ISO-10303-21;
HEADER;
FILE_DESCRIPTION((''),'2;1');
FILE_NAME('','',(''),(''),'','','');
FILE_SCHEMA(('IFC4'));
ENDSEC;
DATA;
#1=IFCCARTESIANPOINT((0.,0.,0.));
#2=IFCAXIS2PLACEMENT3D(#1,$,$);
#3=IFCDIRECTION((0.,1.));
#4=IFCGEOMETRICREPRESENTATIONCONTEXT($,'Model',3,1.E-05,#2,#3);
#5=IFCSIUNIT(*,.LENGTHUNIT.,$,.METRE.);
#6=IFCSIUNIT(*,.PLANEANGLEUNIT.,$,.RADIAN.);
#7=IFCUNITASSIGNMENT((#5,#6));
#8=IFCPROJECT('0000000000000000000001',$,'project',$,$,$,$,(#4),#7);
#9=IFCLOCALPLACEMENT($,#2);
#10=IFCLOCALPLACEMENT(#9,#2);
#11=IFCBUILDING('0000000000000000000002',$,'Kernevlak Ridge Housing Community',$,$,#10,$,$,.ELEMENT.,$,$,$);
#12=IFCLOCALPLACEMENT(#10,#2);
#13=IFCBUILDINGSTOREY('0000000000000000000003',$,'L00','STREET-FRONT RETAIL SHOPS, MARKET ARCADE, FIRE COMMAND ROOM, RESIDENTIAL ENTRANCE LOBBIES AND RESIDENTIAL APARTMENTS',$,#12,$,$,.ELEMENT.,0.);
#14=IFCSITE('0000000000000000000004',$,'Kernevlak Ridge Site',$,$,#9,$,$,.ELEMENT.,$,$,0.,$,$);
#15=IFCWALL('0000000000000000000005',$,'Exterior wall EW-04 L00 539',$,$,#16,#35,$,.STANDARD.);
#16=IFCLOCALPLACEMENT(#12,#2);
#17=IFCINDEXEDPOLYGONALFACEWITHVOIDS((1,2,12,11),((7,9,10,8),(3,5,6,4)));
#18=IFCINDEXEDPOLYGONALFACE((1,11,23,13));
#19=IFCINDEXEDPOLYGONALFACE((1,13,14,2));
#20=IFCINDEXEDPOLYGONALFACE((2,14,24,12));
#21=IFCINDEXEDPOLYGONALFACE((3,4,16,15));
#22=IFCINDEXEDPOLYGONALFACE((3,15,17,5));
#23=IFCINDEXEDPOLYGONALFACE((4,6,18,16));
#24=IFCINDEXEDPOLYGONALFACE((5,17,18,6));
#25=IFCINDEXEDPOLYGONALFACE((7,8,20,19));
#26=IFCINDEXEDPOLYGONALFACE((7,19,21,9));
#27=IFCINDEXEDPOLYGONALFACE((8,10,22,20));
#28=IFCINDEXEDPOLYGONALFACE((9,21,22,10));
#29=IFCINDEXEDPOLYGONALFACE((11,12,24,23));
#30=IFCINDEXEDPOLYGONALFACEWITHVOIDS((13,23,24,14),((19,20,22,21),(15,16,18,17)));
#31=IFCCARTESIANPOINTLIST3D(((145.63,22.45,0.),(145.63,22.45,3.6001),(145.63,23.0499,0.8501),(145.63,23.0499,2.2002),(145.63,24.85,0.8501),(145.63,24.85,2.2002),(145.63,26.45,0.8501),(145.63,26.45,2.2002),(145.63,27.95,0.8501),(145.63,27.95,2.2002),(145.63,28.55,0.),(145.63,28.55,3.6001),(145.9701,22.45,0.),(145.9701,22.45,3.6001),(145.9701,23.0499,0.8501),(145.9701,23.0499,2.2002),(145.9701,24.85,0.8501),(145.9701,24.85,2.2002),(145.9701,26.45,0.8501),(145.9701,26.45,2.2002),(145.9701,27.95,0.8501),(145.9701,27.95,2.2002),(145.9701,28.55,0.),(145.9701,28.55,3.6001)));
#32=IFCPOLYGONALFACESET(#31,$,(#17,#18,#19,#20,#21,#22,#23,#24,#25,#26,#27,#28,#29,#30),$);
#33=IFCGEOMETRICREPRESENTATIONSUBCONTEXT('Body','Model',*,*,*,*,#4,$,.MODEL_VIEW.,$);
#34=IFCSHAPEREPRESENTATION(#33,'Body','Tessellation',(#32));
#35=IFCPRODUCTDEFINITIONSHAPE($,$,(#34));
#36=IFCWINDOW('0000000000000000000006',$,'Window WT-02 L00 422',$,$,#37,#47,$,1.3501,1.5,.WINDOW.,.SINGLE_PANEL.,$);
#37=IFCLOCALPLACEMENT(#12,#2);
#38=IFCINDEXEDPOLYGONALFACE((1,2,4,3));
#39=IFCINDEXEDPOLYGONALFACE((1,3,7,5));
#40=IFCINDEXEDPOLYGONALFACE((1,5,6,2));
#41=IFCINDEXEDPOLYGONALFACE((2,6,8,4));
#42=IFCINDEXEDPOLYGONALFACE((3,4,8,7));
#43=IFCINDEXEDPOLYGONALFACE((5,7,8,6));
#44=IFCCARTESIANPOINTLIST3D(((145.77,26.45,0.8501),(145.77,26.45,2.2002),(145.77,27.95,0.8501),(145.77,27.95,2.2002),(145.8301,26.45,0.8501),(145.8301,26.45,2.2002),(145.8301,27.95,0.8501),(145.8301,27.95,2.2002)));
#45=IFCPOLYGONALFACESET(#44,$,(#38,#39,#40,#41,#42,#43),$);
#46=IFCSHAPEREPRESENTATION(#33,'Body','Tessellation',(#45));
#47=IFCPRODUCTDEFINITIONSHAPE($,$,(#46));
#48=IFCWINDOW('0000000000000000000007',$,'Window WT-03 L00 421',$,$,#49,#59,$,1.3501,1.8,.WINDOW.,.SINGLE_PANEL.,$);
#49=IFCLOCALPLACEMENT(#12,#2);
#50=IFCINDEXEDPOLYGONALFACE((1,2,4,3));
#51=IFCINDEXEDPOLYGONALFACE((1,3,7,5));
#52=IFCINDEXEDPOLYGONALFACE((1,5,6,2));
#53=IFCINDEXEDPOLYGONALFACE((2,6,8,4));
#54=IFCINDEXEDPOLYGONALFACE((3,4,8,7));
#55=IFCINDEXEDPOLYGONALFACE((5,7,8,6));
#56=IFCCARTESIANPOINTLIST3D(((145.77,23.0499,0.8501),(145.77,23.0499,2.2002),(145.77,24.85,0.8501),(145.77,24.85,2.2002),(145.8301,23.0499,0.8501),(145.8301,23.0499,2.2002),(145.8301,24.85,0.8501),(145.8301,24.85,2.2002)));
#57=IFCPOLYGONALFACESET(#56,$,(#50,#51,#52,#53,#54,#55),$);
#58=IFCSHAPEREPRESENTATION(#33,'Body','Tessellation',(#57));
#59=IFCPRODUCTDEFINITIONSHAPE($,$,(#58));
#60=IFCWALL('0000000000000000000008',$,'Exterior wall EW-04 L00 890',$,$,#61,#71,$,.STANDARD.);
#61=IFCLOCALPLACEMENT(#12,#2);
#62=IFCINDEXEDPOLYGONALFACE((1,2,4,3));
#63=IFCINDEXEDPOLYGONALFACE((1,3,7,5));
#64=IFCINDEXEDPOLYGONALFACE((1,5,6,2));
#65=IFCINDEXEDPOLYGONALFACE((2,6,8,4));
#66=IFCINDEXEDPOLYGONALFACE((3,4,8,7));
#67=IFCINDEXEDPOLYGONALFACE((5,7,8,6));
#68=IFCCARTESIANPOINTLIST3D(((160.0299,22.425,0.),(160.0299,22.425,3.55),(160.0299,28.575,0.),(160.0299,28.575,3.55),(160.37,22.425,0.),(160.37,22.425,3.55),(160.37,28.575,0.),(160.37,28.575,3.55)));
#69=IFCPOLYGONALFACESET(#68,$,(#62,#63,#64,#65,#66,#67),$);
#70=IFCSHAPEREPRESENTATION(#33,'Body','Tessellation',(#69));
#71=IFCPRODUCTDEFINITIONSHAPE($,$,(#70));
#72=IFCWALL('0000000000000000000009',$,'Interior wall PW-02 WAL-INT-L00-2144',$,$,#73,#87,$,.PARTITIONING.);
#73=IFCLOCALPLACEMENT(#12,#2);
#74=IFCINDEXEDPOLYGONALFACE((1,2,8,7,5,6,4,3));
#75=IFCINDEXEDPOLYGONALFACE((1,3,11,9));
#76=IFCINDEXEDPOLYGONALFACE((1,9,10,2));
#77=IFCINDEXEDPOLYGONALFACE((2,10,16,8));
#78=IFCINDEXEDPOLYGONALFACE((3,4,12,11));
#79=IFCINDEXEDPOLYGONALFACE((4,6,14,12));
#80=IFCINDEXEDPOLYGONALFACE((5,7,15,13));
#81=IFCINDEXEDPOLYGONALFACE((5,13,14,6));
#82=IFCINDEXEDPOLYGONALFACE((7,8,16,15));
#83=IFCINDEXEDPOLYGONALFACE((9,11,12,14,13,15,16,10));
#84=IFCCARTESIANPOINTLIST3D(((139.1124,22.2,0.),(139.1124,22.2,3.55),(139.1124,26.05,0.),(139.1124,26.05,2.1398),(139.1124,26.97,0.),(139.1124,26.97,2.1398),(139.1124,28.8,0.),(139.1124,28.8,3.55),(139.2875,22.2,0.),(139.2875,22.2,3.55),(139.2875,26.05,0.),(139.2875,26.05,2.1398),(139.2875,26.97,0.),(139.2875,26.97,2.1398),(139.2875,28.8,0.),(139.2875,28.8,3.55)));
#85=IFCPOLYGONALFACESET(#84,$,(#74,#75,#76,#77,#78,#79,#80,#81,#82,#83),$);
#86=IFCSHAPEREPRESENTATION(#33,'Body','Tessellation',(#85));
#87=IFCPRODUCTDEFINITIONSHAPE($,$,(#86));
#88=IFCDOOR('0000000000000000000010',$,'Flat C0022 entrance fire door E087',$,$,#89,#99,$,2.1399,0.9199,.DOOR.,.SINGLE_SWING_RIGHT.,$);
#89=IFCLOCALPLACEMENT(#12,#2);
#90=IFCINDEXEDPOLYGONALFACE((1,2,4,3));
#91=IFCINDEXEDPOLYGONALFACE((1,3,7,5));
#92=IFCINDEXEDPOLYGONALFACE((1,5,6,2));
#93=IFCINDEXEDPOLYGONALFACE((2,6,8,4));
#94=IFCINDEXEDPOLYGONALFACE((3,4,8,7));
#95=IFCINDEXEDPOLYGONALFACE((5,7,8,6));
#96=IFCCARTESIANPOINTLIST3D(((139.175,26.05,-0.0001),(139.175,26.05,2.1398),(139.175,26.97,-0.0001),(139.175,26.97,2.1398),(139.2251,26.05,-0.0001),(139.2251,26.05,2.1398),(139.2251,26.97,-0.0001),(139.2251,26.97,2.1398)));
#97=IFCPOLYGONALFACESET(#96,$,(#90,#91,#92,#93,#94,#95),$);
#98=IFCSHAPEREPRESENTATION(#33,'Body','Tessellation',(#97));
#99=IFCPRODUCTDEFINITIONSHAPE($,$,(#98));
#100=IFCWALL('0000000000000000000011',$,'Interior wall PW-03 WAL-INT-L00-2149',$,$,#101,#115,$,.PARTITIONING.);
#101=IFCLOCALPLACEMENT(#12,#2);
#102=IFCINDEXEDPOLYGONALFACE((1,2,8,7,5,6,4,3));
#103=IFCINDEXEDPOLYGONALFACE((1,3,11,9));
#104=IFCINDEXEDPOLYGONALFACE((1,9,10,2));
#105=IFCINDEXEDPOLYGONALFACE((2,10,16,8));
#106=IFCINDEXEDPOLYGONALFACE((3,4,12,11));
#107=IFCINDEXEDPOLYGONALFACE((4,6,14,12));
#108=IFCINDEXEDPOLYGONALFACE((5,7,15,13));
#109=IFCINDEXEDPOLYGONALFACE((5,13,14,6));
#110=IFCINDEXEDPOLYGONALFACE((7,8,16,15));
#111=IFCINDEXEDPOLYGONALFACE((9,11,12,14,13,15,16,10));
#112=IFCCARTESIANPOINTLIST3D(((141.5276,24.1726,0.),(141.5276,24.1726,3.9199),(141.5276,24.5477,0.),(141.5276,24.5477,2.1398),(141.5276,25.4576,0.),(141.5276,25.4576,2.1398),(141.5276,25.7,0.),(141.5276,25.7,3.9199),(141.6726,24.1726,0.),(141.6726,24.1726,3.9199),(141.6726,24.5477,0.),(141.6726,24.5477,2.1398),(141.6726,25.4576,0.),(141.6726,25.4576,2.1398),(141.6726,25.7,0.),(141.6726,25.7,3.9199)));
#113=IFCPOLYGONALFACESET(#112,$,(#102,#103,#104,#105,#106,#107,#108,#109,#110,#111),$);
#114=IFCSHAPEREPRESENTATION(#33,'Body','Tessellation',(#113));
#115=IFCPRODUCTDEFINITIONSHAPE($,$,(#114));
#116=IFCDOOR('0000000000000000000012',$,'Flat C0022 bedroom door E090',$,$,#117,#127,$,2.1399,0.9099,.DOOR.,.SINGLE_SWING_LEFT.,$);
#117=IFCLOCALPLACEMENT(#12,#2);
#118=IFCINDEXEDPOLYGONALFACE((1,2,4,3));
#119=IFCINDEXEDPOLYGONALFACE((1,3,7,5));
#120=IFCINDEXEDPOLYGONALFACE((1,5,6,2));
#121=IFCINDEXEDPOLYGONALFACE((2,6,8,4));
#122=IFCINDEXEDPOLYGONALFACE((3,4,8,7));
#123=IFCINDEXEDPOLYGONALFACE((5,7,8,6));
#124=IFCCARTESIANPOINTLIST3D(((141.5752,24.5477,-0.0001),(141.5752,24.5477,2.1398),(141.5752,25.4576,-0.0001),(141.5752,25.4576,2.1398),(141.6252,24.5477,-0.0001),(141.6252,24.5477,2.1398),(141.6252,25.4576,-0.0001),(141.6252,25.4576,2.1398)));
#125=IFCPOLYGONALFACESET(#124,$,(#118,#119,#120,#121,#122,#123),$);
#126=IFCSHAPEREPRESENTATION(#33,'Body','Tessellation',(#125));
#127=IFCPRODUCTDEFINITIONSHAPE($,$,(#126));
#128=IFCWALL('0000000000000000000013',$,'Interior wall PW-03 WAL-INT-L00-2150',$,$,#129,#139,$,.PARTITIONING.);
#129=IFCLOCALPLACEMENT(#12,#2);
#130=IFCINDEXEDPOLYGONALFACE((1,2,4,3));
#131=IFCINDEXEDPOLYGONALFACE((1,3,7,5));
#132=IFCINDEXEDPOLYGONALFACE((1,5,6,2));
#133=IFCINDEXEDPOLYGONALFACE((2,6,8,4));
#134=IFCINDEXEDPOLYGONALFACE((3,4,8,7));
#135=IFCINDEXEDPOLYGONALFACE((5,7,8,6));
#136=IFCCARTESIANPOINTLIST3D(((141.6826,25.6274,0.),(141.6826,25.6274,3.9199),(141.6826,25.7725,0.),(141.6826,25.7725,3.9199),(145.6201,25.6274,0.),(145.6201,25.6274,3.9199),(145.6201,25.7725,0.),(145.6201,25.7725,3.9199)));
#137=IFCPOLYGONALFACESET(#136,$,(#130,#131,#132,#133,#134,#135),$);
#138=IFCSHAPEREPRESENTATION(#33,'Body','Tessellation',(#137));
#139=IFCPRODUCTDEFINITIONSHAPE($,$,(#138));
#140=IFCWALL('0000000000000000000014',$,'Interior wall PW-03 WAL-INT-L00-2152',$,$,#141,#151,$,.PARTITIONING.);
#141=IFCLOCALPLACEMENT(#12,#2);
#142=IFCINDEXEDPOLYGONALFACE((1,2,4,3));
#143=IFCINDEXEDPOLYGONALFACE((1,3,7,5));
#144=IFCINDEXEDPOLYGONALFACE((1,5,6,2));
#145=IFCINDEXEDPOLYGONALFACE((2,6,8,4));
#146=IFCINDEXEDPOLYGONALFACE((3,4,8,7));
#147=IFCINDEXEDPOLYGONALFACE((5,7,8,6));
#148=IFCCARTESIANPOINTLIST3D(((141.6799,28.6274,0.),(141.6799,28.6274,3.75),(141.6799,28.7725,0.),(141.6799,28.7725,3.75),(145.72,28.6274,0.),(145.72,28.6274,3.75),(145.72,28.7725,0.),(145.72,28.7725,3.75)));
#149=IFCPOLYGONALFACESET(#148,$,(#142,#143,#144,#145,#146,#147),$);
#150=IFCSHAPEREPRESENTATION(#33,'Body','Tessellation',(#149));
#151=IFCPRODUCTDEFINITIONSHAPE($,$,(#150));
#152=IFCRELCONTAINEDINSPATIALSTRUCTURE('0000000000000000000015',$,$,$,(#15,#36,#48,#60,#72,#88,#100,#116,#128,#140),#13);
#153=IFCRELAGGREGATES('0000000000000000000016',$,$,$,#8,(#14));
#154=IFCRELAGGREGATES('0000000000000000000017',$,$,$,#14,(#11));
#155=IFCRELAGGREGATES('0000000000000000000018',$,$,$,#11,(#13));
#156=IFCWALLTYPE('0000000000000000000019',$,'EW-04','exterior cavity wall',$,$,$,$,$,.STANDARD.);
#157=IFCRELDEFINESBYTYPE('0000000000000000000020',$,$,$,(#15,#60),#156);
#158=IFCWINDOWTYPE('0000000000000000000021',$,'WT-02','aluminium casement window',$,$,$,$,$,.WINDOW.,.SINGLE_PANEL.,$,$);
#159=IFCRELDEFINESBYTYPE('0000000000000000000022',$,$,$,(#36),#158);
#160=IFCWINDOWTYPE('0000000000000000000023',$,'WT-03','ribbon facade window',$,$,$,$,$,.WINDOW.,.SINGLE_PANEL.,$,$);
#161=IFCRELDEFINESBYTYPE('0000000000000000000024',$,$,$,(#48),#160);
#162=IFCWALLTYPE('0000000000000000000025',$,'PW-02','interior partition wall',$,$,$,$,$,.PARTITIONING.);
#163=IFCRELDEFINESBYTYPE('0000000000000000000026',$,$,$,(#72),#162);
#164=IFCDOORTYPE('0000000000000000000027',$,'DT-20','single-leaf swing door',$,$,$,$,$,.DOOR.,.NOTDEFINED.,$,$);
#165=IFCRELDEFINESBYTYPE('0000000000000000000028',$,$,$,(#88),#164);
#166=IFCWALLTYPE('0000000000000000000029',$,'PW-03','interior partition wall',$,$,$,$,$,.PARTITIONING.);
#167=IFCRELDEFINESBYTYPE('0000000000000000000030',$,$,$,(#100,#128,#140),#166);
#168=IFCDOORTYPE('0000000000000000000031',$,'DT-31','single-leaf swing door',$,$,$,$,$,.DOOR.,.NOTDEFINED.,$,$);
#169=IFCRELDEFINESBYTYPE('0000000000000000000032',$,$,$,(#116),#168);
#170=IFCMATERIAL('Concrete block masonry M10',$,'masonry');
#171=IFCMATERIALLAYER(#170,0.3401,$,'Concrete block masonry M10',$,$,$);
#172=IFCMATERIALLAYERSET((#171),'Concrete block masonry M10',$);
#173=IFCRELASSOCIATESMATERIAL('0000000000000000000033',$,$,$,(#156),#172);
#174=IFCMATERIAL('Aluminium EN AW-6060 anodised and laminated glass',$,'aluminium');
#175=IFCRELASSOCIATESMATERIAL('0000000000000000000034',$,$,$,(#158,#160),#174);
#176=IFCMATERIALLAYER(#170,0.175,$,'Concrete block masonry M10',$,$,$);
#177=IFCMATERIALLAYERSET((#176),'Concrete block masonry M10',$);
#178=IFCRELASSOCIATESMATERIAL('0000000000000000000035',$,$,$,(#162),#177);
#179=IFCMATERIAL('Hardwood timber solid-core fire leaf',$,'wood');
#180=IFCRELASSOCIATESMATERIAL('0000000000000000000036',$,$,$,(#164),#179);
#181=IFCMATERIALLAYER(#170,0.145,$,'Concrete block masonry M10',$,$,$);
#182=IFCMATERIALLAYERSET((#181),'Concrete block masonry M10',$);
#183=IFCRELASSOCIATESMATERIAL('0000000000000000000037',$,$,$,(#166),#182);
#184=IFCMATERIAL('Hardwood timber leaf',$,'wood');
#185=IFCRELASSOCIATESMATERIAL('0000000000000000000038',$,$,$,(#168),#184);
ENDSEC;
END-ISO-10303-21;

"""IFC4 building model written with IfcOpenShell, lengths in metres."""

from ifc_helpers import new_model, si_unit, direction, frame, frame_2d, origin, place, context, subcontext, project, spatial, rectangle, extrude, material, layer, layer_set, type_object, element, fill, save


model = new_model("IFC4")

# Units and contexts
model_context = context("Model", 3, precision=1e-05, world=origin(), true_north=direction((0.0, 1.0)))
body_context = subcontext(model_context, "Body", "Model", "MODEL_VIEW")
ifc_project = project(units=[si_unit("LENGTHUNIT", "METRE"), si_unit("PLANEANGLEUNIT", "RADIAN")], contexts=[model_context])

# Site, building, storey
site_placement = place(None, origin())
site = spatial("IfcSite", under=ifc_project, at=site_placement, Name="Kernevlak Ridge Site", CompositionType="ELEMENT", RefElevation=0.0)
building_placement = place(site_placement, origin())
building = spatial("IfcBuilding", under=site, at=building_placement, Name="Kernevlak Ridge Housing Community", CompositionType="ELEMENT")
storey_placement = place(building_placement, origin())
storey = spatial("IfcBuildingStorey", under=building, at=storey_placement, Name="L00", Description="STREET-FRONT RETAIL SHOPS, MARKET ARCADE, FIRE COMMAND ROOM, RESIDENTIAL ENTRANCE LOBBIES AND RESIDENTIAL APARTMENTS", CompositionType="ELEMENT", Elevation=0.0)

# Wall, openings, windows
ifc_material_1 = material(Name="Concrete block masonry M10", Category="masonry")
ifc_layer_1 = layer(ifc_material_1, 0.3401, Name="Concrete block masonry M10")
ifc_layer_set_1 = layer_set([ifc_layer_1], Name="Concrete block masonry M10")
wall_type_1 = type_object("IfcWallType", Name="EW-04", Description="exterior cavity wall", PredefinedType="STANDARD", material=ifc_layer_set_1)
wall_1_placement = place(storey_placement, frame((145.8, 22.45, 0.0), z_axis=(0.0, 0.0, 1.0), x_axis=(0.0, 1.0, 0.0)))
wall_1 = element("IfcWall", 1, at=wall_1_placement, inside=storey, type_object=wall_type_1, Name="Exterior wall EW-04 L00 539", PredefinedType="STANDARD", context=body_context, shape_type="SweptSolid", body=[
    extrude(rectangle(XDim=6.1001, YDim=0.3401, at=frame_2d((3.05, 0.0))), origin(), (0.0, 0.0, 1.0), 3.6001),
])
opening_1_placement = place(wall_1_placement, frame((0.6001, 0.0, 0.8501)))
opening_1 = element("IfcOpeningElement", 2, at=opening_1_placement, cuts=wall_1, PredefinedType="OPENING", context=body_context, shape_type="SweptSolid", body=[
    extrude(rectangle(XDim=1.8, YDim=1.3501, at=frame_2d((0.8999, 0.675))), frame((0.0, 0.1799, 0.0), z_axis=(0.0, -1.0, 0.0), x_axis=(1.0, 0.0, 0.0)), (0.0, 0.0, 1.0), 0.3601),
])
opening_2_placement = place(wall_1_placement, frame((4.0, 0.0, 0.8501)))
opening_2 = element("IfcOpeningElement", 3, at=opening_2_placement, cuts=wall_1, PredefinedType="OPENING", context=body_context, shape_type="SweptSolid", body=[
    extrude(rectangle(XDim=1.5, YDim=1.3501, at=frame_2d((0.75, 0.675))), frame((0.0, 0.1799, 0.0), z_axis=(0.0, -1.0, 0.0), x_axis=(1.0, 0.0, 0.0)), (0.0, 0.0, 1.0), 0.3601),
])
ifc_material_2 = material(Name="Aluminium EN AW-6060 anodised and laminated glass", Category="aluminium")
window_type_1 = type_object("IfcWindowType", Name="WT-02", Description="aluminium casement window", PartitioningType="SINGLE_PANEL", PredefinedType="WINDOW", material=ifc_material_2)
window_1_placement = place(opening_2_placement, origin())
window_1 = element("IfcWindow", 4, at=window_1_placement, inside=storey, type_object=window_type_1, Name="Window WT-02 L00 422", OverallHeight=1.3501, OverallWidth=1.5, PartitioningType="SINGLE_PANEL", PredefinedType="WINDOW", context=body_context, shape_type="SweptSolid", body=[
    extrude(rectangle(XDim=1.5, YDim=1.3501, at=frame_2d((0.75, 0.675))), frame((0.0, 0.03, 0.0), z_axis=(0.0, -1.0, 0.0), x_axis=(1.0, 0.0, 0.0)), (0.0, 0.0, 1.0), 0.0601),
])
fill(opening_2, window_1)
window_type_2 = type_object("IfcWindowType", Name="WT-03", Description="ribbon facade window", PartitioningType="SINGLE_PANEL", PredefinedType="WINDOW", material=ifc_material_2)
window_2_placement = place(opening_1_placement, origin())
window_2 = element("IfcWindow", 5, at=window_2_placement, inside=storey, type_object=window_type_2, Name="Window WT-03 L00 421", OverallHeight=1.3501, OverallWidth=1.8, PartitioningType="SINGLE_PANEL", PredefinedType="WINDOW", context=body_context, shape_type="SweptSolid", body=[
    extrude(rectangle(XDim=1.8, YDim=1.3501, at=frame_2d((0.8999, 0.675))), frame((0.0, 0.03, 0.0), z_axis=(0.0, -1.0, 0.0), x_axis=(1.0, 0.0, 0.0)), (0.0, 0.0, 1.0), 0.0601),
])
fill(opening_1, window_2)

# Wall
wall_2_placement = place(storey_placement, frame((160.2, 22.425, 0.0), z_axis=(0.0, 0.0, 1.0), x_axis=(0.0, 1.0, 0.0)))
element("IfcWall", 6, at=wall_2_placement, inside=storey, type_object=wall_type_1, Name="Exterior wall EW-04 L00 890", PredefinedType="STANDARD", context=body_context, shape_type="SweptSolid", body=[
    extrude(rectangle(XDim=6.1499, YDim=0.3401, at=frame_2d((3.075, 0.0))), origin(), (0.0, 0.0, 1.0), 3.55),
])

# Walls, openings, doors
ifc_layer_2 = layer(ifc_material_1, 0.175, Name="Concrete block masonry M10")
ifc_layer_set_2 = layer_set([ifc_layer_2], Name="Concrete block masonry M10")
wall_type_2 = type_object("IfcWallType", Name="PW-02", Description="interior partition wall", PredefinedType="PARTITIONING", material=ifc_layer_set_2)
wall_3_placement = place(storey_placement, frame((139.2, 22.2, 0.0), z_axis=(0.0, 0.0, 1.0), x_axis=(0.0, 1.0, 0.0)))
wall_3 = element("IfcWall", 7, at=wall_3_placement, inside=storey, type_object=wall_type_2, Name="Interior wall PW-02 WAL-INT-L00-2144", PredefinedType="PARTITIONING", context=body_context, shape_type="SweptSolid", body=[
    extrude(rectangle(XDim=6.6001, YDim=0.175, at=frame_2d((3.3, 0.0))), origin(), (0.0, 0.0, 1.0), 3.55),
])
opening_3_placement = place(wall_3_placement, frame((3.8501, 0.0, 0.0)))
opening_3 = element("IfcOpeningElement", 8, at=opening_3_placement, cuts=wall_3, PredefinedType="OPENING", context=body_context, shape_type="SweptSolid", body=[
    extrude(rectangle(XDim=0.9199, YDim=2.1399, at=frame_2d((0.46, 1.0698))), frame((0.0, 0.0974, 0.0), z_axis=(0.0, -1.0, 0.0), x_axis=(1.0, 0.0, 0.0)), (0.0, 0.0, 1.0), 0.1951),
])
ifc_material_3 = material(Name="Hardwood timber solid-core fire leaf", Category="wood")
door_type_1 = type_object("IfcDoorType", Name="DT-20", Description="single-leaf swing door", OperationType="NOTDEFINED", PredefinedType="DOOR", material=ifc_material_3)
door_1_placement = place(opening_3_placement, origin())
door_1 = element("IfcDoor", 9, at=door_1_placement, inside=storey, type_object=door_type_1, Name="Flat C0022 entrance fire door E087", OperationType="SINGLE_SWING_RIGHT", OverallHeight=2.1399, OverallWidth=0.9199, PredefinedType="DOOR", context=body_context, shape_type="SweptSolid", body=[
    extrude(rectangle(XDim=0.9199, YDim=2.1399, at=frame_2d((0.46, 1.0698))), frame((0.0, 0.0249, 0.0), z_axis=(0.0, -1.0, 0.0), x_axis=(1.0, 0.0, 0.0)), (0.0, 0.0, 1.0), 0.05),
])
fill(opening_3, door_1)
ifc_layer_3 = layer(ifc_material_1, 0.145, Name="Concrete block masonry M10")
ifc_layer_set_3 = layer_set([ifc_layer_3], Name="Concrete block masonry M10")
wall_type_3 = type_object("IfcWallType", Name="PW-03", Description="interior partition wall", PredefinedType="PARTITIONING", material=ifc_layer_set_3)
wall_4_placement = place(storey_placement, frame((141.6001, 24.1726, 0.0), z_axis=(0.0, 0.0, 1.0), x_axis=(0.0, 1.0, 0.0)))
wall_4 = element("IfcWall", 10, at=wall_4_placement, inside=storey, type_object=wall_type_3, Name="Interior wall PW-03 WAL-INT-L00-2149", PredefinedType="PARTITIONING", context=body_context, shape_type="SweptSolid", body=[
    extrude(rectangle(XDim=1.5273, YDim=0.145, at=frame_2d((0.7637, 0.0))), origin(), (0.0, 0.0, 1.0), 3.9199),
])
opening_4_placement = place(wall_4_placement, frame((0.375, 0.0, 0.0)))
opening_4 = element("IfcOpeningElement", 11, at=opening_4_placement, cuts=wall_4, PredefinedType="OPENING", context=body_context, shape_type="SweptSolid", body=[
    extrude(rectangle(XDim=0.9099, YDim=2.1399, at=frame_2d((0.4551, 1.0698))), frame((0.0, 0.0825, 0.0), z_axis=(0.0, -1.0, 0.0), x_axis=(1.0, 0.0, 0.0)), (0.0, 0.0, 1.0), 0.165),
])
ifc_material_4 = material(Name="Hardwood timber leaf", Category="wood")
door_type_2 = type_object("IfcDoorType", Name="DT-31", Description="single-leaf swing door", OperationType="NOTDEFINED", PredefinedType="DOOR", material=ifc_material_4)
door_2_placement = place(opening_4_placement, origin())
door_2 = element("IfcDoor", 12, at=door_2_placement, inside=storey, type_object=door_type_2, Name="Flat C0022 bedroom door E090", OperationType="SINGLE_SWING_LEFT", OverallHeight=2.1399, OverallWidth=0.9099, PredefinedType="DOOR", context=body_context, shape_type="SweptSolid", body=[
    extrude(rectangle(XDim=0.9099, YDim=2.1399, at=frame_2d((0.4551, 1.0698))), frame((0.0, 0.0249, 0.0), z_axis=(0.0, -1.0, 0.0), x_axis=(1.0, 0.0, 0.0)), (0.0, 0.0, 1.0), 0.05),
])
fill(opening_4, door_2)

# Walls
wall_5_placement = place(storey_placement, frame((141.6826, 25.7, 0.0), z_axis=(0.0, 0.0, 1.0), x_axis=(1.0, 0.0, 0.0)))
element("IfcWall", 13, at=wall_5_placement, inside=storey, type_object=wall_type_3, Name="Interior wall PW-03 WAL-INT-L00-2150", PredefinedType="PARTITIONING", context=body_context, shape_type="SweptSolid", body=[
    extrude(rectangle(XDim=3.9375, YDim=0.145, at=frame_2d((1.9688, 0.0))), origin(), (0.0, 0.0, 1.0), 3.9199),
])
wall_6_placement = place(storey_placement, frame((141.6799, 28.7, 0.0), z_axis=(0.0, 0.0, 1.0), x_axis=(1.0, 0.0, 0.0)))
element("IfcWall", 14, at=wall_6_placement, inside=storey, type_object=wall_type_3, Name="Interior wall PW-03 WAL-INT-L00-2152", PredefinedType="PARTITIONING", context=body_context, shape_type="SweptSolid", body=[
    extrude(rectangle(XDim=4.04, YDim=0.145, at=frame_2d((2.02, 0.0))), origin(), (0.0, 0.0, 1.0), 3.75),
])

save(model, "model.ifc")
